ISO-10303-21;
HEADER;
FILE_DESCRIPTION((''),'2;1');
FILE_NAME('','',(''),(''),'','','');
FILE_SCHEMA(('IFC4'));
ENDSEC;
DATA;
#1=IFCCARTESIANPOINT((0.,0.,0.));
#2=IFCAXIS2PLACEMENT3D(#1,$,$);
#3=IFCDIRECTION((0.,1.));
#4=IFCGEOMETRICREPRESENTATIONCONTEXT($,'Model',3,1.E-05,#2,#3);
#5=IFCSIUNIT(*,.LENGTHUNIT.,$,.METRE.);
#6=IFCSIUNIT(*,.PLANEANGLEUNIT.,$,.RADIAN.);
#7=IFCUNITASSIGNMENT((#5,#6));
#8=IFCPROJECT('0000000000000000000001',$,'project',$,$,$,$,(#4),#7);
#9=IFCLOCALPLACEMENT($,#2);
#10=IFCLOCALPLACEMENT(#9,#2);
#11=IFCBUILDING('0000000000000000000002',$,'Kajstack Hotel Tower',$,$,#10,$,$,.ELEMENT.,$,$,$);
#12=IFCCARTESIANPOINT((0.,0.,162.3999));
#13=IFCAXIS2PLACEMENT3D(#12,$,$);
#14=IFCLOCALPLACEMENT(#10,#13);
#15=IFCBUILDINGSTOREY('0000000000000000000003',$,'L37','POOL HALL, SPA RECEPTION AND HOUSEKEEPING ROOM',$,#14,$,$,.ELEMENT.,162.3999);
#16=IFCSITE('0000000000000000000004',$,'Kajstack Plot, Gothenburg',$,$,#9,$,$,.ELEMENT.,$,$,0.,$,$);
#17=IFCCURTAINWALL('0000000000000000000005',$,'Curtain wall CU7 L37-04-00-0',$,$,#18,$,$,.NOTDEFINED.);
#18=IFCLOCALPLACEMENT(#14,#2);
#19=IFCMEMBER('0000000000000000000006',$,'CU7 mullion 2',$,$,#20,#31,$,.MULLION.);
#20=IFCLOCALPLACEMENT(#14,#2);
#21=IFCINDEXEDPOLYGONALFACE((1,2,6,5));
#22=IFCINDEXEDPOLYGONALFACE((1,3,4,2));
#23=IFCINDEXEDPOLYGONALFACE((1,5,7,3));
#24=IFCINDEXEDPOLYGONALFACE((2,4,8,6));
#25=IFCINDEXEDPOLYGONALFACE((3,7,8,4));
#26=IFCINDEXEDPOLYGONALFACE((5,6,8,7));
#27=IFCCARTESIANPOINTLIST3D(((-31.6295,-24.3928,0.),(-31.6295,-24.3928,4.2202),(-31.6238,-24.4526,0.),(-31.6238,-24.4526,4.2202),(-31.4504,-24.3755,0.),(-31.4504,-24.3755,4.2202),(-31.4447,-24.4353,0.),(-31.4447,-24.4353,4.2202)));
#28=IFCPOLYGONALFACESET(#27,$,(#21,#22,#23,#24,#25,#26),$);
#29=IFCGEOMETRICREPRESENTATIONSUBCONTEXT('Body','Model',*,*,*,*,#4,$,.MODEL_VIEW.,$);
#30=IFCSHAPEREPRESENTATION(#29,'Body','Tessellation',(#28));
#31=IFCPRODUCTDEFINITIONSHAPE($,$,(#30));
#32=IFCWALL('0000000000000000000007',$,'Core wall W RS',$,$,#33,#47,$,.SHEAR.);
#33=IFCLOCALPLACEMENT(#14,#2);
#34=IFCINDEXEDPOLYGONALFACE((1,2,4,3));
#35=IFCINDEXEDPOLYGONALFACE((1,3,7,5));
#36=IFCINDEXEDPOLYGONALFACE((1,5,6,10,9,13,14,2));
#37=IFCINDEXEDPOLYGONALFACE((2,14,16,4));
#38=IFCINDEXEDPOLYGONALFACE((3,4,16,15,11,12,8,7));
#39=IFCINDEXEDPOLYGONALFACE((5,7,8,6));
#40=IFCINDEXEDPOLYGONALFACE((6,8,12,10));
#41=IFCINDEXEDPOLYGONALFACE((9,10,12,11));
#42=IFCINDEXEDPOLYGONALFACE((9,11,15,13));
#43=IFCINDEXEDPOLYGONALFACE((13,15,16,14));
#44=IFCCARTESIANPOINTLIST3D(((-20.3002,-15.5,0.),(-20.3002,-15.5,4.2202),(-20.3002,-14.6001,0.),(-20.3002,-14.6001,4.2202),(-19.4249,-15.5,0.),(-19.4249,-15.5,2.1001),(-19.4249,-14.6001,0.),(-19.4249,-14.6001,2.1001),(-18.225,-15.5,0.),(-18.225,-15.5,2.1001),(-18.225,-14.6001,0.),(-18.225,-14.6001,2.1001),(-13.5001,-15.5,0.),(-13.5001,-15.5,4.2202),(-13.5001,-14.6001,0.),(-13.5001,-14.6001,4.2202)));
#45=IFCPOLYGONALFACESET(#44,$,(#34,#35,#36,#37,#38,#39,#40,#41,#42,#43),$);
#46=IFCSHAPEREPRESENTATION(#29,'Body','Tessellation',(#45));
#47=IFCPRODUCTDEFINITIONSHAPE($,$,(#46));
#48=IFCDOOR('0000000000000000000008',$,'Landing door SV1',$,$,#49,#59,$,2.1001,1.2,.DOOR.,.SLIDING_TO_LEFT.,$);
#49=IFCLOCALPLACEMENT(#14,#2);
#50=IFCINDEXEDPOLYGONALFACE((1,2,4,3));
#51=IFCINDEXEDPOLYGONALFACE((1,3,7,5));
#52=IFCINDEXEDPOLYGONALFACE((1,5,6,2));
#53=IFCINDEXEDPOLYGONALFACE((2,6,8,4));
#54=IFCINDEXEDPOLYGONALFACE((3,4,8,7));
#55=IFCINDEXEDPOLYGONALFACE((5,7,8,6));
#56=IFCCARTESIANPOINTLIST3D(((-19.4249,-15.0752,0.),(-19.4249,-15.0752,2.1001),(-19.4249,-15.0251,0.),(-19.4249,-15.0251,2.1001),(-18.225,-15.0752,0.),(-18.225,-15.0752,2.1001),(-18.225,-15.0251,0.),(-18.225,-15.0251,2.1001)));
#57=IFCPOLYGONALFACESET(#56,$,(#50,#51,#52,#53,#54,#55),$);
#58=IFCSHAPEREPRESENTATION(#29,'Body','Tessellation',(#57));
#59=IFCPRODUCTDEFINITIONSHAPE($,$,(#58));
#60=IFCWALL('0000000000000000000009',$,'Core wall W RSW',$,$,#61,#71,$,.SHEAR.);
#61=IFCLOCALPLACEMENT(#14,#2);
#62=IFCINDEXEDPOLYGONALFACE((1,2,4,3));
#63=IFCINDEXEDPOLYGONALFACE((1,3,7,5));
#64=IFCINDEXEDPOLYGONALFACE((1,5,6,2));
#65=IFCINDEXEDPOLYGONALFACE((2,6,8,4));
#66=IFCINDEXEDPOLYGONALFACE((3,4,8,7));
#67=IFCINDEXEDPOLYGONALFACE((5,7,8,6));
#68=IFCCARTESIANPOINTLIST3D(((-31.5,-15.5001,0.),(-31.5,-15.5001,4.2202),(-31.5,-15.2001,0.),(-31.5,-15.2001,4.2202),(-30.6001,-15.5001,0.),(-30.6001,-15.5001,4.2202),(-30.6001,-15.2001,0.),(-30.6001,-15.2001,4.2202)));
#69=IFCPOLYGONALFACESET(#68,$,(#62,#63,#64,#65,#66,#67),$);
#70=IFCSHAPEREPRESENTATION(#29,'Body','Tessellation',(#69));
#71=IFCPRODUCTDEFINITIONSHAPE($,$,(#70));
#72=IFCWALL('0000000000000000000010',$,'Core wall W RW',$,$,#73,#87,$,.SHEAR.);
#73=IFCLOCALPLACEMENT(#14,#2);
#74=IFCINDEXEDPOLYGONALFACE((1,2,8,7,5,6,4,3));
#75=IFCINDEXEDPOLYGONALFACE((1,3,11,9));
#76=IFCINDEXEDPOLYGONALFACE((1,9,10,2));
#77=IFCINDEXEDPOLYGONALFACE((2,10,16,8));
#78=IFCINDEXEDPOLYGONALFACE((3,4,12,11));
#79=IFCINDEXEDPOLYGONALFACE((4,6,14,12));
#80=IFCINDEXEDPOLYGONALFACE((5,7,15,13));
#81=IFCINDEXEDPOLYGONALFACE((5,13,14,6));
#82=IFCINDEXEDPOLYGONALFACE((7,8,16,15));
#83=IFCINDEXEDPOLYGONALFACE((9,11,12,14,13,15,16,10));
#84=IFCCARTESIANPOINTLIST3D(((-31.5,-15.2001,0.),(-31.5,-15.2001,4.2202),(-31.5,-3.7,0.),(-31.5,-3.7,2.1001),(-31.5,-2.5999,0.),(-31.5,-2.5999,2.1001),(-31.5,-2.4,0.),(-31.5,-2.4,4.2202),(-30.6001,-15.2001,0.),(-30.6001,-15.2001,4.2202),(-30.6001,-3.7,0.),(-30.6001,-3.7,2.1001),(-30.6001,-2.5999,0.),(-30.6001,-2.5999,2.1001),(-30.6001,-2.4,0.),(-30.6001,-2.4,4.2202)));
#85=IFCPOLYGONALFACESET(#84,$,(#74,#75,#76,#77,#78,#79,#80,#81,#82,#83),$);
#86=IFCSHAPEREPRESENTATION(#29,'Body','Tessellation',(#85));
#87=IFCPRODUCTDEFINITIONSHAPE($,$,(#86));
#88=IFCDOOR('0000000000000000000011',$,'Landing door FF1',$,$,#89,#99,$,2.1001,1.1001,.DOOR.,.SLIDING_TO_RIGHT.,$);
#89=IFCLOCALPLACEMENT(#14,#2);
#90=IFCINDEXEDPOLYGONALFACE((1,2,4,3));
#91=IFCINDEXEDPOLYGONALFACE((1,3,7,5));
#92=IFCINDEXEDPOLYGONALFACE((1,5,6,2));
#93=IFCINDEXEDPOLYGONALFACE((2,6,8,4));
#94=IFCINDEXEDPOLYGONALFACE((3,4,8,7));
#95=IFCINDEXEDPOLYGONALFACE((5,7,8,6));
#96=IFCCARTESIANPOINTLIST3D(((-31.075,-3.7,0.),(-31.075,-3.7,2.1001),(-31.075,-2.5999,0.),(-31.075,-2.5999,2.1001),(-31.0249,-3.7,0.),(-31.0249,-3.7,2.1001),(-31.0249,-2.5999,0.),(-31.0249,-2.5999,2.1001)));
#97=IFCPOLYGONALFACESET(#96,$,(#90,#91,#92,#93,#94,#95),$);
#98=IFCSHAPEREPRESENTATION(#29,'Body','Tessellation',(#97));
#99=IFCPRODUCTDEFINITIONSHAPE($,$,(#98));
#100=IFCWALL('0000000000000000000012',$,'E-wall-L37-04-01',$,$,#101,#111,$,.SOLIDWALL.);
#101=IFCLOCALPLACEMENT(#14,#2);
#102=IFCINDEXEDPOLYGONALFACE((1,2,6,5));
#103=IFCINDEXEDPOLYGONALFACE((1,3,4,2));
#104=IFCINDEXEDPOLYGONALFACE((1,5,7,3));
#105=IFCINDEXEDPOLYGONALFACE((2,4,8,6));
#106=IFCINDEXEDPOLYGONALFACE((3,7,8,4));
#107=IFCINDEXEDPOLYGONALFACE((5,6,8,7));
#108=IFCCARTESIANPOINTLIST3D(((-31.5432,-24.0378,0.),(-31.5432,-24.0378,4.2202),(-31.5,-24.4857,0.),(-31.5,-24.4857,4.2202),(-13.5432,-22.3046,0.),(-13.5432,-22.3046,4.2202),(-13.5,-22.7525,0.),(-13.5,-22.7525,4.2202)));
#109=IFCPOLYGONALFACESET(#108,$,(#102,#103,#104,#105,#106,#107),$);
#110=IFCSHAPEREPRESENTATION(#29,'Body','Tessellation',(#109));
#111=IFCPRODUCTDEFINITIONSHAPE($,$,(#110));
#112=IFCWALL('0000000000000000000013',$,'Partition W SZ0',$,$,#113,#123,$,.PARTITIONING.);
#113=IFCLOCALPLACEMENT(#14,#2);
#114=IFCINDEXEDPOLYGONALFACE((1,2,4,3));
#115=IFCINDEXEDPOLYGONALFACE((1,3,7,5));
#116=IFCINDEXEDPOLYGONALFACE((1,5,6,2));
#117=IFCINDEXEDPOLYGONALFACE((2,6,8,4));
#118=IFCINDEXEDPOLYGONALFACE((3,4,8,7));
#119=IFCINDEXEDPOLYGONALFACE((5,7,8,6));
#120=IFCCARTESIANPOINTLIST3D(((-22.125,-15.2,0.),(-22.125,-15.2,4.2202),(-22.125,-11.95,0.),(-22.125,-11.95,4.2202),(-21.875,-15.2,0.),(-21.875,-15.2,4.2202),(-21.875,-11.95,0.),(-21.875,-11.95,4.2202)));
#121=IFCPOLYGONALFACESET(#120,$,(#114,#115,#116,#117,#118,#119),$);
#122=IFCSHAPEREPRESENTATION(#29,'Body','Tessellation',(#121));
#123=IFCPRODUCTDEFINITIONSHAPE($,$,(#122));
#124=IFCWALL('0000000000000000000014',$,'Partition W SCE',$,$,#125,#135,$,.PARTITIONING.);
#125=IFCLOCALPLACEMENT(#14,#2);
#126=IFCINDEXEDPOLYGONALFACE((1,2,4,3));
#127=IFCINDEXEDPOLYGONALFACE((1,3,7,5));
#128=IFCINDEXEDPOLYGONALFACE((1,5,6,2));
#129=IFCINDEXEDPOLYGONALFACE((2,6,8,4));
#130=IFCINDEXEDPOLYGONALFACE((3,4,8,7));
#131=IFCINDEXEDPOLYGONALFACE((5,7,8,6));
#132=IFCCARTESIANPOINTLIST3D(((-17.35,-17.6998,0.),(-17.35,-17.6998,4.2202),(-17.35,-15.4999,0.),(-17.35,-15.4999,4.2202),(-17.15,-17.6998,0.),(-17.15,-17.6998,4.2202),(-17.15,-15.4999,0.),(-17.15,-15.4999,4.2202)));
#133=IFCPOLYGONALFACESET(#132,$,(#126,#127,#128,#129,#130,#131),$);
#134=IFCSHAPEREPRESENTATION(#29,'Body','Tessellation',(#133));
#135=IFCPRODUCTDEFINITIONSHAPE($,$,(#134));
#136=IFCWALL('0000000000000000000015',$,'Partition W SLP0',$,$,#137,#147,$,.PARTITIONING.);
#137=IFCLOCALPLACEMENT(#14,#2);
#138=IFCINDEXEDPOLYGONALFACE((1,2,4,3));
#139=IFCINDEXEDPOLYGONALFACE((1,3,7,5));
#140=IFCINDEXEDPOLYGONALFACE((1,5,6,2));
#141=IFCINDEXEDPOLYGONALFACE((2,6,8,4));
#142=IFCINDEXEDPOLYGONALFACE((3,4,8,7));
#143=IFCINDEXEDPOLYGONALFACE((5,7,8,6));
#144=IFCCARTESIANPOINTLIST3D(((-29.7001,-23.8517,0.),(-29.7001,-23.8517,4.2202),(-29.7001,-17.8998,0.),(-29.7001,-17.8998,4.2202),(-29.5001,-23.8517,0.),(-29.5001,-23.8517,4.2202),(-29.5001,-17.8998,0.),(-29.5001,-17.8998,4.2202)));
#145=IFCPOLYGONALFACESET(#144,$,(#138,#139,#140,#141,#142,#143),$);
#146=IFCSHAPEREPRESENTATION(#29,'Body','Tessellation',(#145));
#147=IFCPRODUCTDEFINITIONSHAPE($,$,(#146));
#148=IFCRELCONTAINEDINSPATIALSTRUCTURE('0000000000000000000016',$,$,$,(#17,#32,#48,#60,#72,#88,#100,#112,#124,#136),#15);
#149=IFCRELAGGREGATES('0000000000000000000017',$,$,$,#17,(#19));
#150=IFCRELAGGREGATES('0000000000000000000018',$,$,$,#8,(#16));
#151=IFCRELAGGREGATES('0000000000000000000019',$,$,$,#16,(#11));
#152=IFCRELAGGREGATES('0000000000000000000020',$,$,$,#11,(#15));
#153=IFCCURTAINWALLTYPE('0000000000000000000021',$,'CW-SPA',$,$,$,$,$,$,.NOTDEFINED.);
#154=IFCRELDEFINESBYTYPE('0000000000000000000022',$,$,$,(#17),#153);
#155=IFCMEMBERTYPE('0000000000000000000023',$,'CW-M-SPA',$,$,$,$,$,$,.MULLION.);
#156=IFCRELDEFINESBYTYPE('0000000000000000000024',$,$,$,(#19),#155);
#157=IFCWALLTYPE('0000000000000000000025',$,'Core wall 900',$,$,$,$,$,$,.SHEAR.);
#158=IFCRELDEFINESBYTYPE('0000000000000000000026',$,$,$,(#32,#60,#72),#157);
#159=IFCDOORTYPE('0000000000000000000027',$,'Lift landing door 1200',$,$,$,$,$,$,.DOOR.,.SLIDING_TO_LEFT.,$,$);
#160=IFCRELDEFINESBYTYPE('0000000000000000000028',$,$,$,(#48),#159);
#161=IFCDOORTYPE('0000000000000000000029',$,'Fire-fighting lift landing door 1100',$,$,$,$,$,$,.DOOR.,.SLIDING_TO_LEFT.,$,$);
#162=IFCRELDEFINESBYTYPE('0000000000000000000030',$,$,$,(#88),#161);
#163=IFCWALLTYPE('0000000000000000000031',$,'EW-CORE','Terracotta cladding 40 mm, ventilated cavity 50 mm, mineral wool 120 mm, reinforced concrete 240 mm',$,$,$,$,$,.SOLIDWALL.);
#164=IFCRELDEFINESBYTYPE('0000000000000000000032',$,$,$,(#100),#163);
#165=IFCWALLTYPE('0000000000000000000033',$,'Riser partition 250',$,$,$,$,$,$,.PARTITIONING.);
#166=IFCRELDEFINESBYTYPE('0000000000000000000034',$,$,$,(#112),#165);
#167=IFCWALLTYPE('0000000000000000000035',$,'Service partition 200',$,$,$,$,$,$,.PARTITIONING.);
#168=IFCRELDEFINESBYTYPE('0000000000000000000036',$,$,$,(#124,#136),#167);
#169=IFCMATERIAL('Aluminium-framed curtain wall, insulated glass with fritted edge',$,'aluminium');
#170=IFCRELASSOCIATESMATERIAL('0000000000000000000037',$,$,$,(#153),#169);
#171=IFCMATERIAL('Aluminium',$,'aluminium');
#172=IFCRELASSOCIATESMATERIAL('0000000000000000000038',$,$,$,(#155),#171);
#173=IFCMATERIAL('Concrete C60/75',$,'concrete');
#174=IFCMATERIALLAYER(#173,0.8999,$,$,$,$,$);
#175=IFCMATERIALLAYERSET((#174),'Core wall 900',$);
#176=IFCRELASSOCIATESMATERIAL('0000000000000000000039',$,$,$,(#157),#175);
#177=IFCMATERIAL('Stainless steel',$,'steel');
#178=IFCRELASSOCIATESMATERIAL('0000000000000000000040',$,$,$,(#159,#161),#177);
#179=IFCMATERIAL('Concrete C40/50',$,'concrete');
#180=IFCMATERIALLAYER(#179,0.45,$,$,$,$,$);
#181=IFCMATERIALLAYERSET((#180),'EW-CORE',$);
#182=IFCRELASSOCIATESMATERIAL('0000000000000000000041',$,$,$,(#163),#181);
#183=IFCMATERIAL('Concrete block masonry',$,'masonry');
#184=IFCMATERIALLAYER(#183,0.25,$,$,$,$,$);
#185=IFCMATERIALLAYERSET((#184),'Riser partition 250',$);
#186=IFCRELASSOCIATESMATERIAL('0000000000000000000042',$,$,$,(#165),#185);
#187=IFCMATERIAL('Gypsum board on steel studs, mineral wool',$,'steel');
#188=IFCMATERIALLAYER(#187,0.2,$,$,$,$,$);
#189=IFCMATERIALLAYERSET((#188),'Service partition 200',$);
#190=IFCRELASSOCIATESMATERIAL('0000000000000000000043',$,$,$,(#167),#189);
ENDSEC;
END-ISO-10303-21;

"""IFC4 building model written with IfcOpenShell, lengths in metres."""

from ifc_helpers import new_model, si_unit, direction, frame, frame_2d, origin, origin_2d, place, context, subcontext, project, spatial, rectangle, extrude, material, layer, layer_set, material_profile, profile_set, type_object, element, fill, aggregate, save


model = new_model("IFC4")

# Units and contexts
model_context = context("Model", 3, precision=1e-05, world=origin(), true_north=direction((0.0, 1.0)))
body_context = subcontext(model_context, "Body", "Model", "MODEL_VIEW")
ifc_project = project(units=[si_unit("LENGTHUNIT", "METRE"), si_unit("PLANEANGLEUNIT", "RADIAN")], contexts=[model_context])

# Site, building, storey
site_placement = place(None, origin())
site = spatial("IfcSite", under=ifc_project, at=site_placement, Name="Kajstack Plot, Gothenburg", CompositionType="ELEMENT", RefElevation=0.0)
building_placement = place(site_placement, origin())
building = spatial("IfcBuilding", under=site, at=building_placement, Name="Kajstack Hotel Tower", CompositionType="ELEMENT")
storey_placement = place(building_placement, frame((0.0, 0.0, 162.3999)))
storey = spatial("IfcBuildingStorey", under=building, at=storey_placement, Name="L37", Description="POOL HALL, SPA RECEPTION AND HOUSEKEEPING ROOM", CompositionType="ELEMENT", Elevation=162.3999)

# Curtain wall, member
ifc_material_1 = material(Name="Aluminium-framed curtain wall, insulated glass with fritted edge", Category="aluminium")
curtain_wall_type = type_object("IfcCurtainWallType", Name="CW-SPA", PredefinedType="NOTDEFINED", material=ifc_material_1)
curtain_wall_placement = place(storey_placement, origin())
curtain_wall = element("IfcCurtainWall", 1, at=curtain_wall_placement, inside=storey, type_object=curtain_wall_type, Name="Curtain wall CU7 L37-04-00-0", PredefinedType="NOTDEFINED")
ifc_material_2 = material(Name="Aluminium", Category="aluminium")
ifc_material_profile = material_profile(ifc_material_2, rectangle(XDim=0.0601, YDim=0.1799, at=origin_2d()), Name="Aluminium mullion 60 x 180")
ifc_profile_set = profile_set([ifc_material_profile], Name="Aluminium")
member_type = type_object("IfcMemberType", Name="CW-M-SPA", PredefinedType="MULLION", material=ifc_profile_set)
member_placement = place(storey_placement, frame((-31.5371, -24.4141, 0.0), z_axis=(0.0, 0.0, 1.0), x_axis=(-0.095845, 0.995396, 0.0)))
member = element("IfcMember", 2, at=member_placement, type_object=member_type, Name="CU7 mullion 2", PredefinedType="MULLION", context=body_context, shape_type="SweptSolid", body=[
    extrude(rectangle(XDim=0.0601, YDim=0.1799, at=origin_2d()), origin(), (0.0, 0.0, 1.0), 4.2202),
])
aggregate(curtain_wall, [member])

# Wall, opening, door
ifc_material_3 = material(Name="Concrete C60/75", Category="concrete")
ifc_layer_1 = layer(ifc_material_3, 0.8999)
ifc_layer_set_1 = layer_set([ifc_layer_1], Name="Core wall 900")
wall_type_1 = type_object("IfcWallType", Name="Core wall 900", PredefinedType="SHEAR", material=ifc_layer_set_1)
wall_1_placement = place(storey_placement, frame((-20.3, -15.05, 0.0), z_axis=(0.0, 0.0, 1.0), x_axis=(1.0, 0.0, 0.0)))
wall_1 = element("IfcWall", 3, at=wall_1_placement, inside=storey, type_object=wall_type_1, Name="Core wall W RS", PredefinedType="SHEAR", context=body_context, shape_type="SweptSolid", body=[
    extrude(rectangle(XDim=6.8, YDim=0.8999, at=frame_2d((3.3999, 0.0))), origin(), (0.0, 0.0, 1.0), 4.2202),
])
opening_1_placement = place(wall_1_placement, frame((0.875, 0.0, 0.0)))
opening_1 = element("IfcOpeningElement", 4, at=opening_1_placement, cuts=wall_1, PredefinedType="OPENING", context=body_context, shape_type="SweptSolid", body=[
    extrude(rectangle(XDim=1.2, YDim=2.1001, at=frame_2d((0.6001, 1.05))), frame((0.0, 0.46, 0.0), z_axis=(0.0, -1.0, 0.0), x_axis=(1.0, 0.0, 0.0)), (0.0, 0.0, 1.0), 0.9199),
])
ifc_material_4 = material(Name="Stainless steel", Category="steel")
door_type_1 = type_object("IfcDoorType", Name="Lift landing door 1200", OperationType="SLIDING_TO_LEFT", PredefinedType="DOOR", material=ifc_material_4)
door_1_placement = place(opening_1_placement, origin())
door_1 = element("IfcDoor", 5, at=door_1_placement, inside=storey, type_object=door_type_1, Name="Landing door SV1", OperationType="SLIDING_TO_LEFT", OverallHeight=2.1001, OverallWidth=1.2, PredefinedType="DOOR", context=body_context, shape_type="SweptSolid", body=[
    extrude(rectangle(XDim=1.2, YDim=2.1001, at=frame_2d((0.6001, 1.05))), frame((0.0, 0.0249, 0.0), z_axis=(0.0, -1.0, 0.0), x_axis=(1.0, 0.0, 0.0)), (0.0, 0.0, 1.0), 0.05),
])
fill(opening_1, door_1)

# Wall
wall_2_placement = place(storey_placement, frame((-31.5, -15.3501, 0.0), z_axis=(0.0, 0.0, 1.0), x_axis=(1.0, 0.0, 0.0)))
element("IfcWall", 6, at=wall_2_placement, inside=storey, type_object=wall_type_1, Name="Core wall W RSW", PredefinedType="SHEAR", context=body_context, shape_type="SweptSolid", body=[
    extrude(rectangle(XDim=0.8999, YDim=0.3, at=frame_2d((0.45, 0.0))), origin(), (0.0, 0.0, 1.0), 4.2202),
])

# Wall, opening, door
wall_3_placement = place(storey_placement, frame((-31.05, -15.2, 0.0), z_axis=(0.0, 0.0, 1.0), x_axis=(0.0, 1.0, 0.0)))
wall_3 = element("IfcWall", 7, at=wall_3_placement, inside=storey, type_object=wall_type_1, Name="Core wall W RW", PredefinedType="SHEAR", context=body_context, shape_type="SweptSolid", body=[
    extrude(rectangle(XDim=12.8, YDim=0.8999, at=frame_2d((6.3999, 0.0))), origin(), (0.0, 0.0, 1.0), 4.2202),
])
opening_2_placement = place(wall_3_placement, frame((11.5, 0.0, 0.0)))
opening_2 = element("IfcOpeningElement", 8, at=opening_2_placement, cuts=wall_3, PredefinedType="OPENING", context=body_context, shape_type="SweptSolid", body=[
    extrude(rectangle(XDim=1.1001, YDim=2.1001, at=frame_2d((0.55, 1.05))), frame((0.0, 0.46, 0.0), z_axis=(0.0, -1.0, 0.0), x_axis=(1.0, 0.0, 0.0)), (0.0, 0.0, 1.0), 0.9199),
])
door_type_2 = type_object("IfcDoorType", Name="Fire-fighting lift landing door 1100", OperationType="SLIDING_TO_LEFT", PredefinedType="DOOR", material=ifc_material_4)
door_2_placement = place(opening_2_placement, origin())
door_2 = element("IfcDoor", 9, at=door_2_placement, inside=storey, type_object=door_type_2, Name="Landing door FF1", OperationType="SLIDING_TO_RIGHT", OverallHeight=2.1001, OverallWidth=1.1001, PredefinedType="DOOR", context=body_context, shape_type="SweptSolid", body=[
    extrude(rectangle(XDim=1.1001, YDim=2.1001, at=frame_2d((0.55, 1.05))), frame((0.0, 0.0249, 0.0), z_axis=(0.0, -1.0, 0.0), x_axis=(1.0, 0.0, 0.0)), (0.0, 0.0, 1.0), 0.05),
])
fill(opening_2, door_2)

# Walls
ifc_material_5 = material(Name="Concrete C40/50", Category="concrete")
ifc_layer_2 = layer(ifc_material_5, 0.45)
ifc_layer_set_2 = layer_set([ifc_layer_2], Name="EW-CORE")
wall_type_2 = type_object("IfcWallType", Name="EW-CORE", Description="Terracotta cladding 40 mm, ventilated cavity 50 mm, mineral wool 120 mm, reinforced concrete 240 mm", PredefinedType="SOLIDWALL", material=ifc_layer_set_2)
wall_4_placement = place(storey_placement, frame((-31.5215, -24.2617, 0.0), z_axis=(0.0, 0.0, 1.0), x_axis=(0.995396, 0.095843, 0.0)))
element("IfcWall", 10, at=wall_4_placement, inside=storey, type_object=wall_type_2, Name="E-wall-L37-04-01", PredefinedType="SOLIDWALL", context=body_context, shape_type="SweptSolid", body=[
    extrude(rectangle(XDim=18.0833, YDim=0.45, at=frame_2d((9.0415, 0.0))), origin(), (0.0, 0.0, 1.0), 4.2202),
])
ifc_material_6 = material(Name="Concrete block masonry", Category="masonry")
ifc_layer_3 = layer(ifc_material_6, 0.25)
ifc_layer_set_3 = layer_set([ifc_layer_3], Name="Riser partition 250")
wall_type_3 = type_object("IfcWallType", Name="Riser partition 250", PredefinedType="PARTITIONING", material=ifc_layer_set_3)
wall_5_placement = place(storey_placement, frame((-22.0, -15.2, 0.0), z_axis=(0.0, 0.0, 1.0), x_axis=(0.0, 1.0, 0.0)))
element("IfcWall", 11, at=wall_5_placement, inside=storey, type_object=wall_type_3, Name="Partition W SZ0", PredefinedType="PARTITIONING", context=body_context, shape_type="SweptSolid", body=[
    extrude(rectangle(XDim=3.25, YDim=0.25, at=frame_2d((1.625, 0.0))), origin(), (0.0, 0.0, 1.0), 4.2202),
])
ifc_material_7 = material(Name="Gypsum board on steel studs, mineral wool", Category="steel")
ifc_layer_4 = layer(ifc_material_7, 0.2)
ifc_layer_set_4 = layer_set([ifc_layer_4], Name="Service partition 200")
wall_type_4 = type_object("IfcWallType", Name="Service partition 200", PredefinedType="PARTITIONING", material=ifc_layer_set_4)
wall_6_placement = place(storey_placement, frame((-17.25, -17.7, 0.0), z_axis=(0.0, 0.0, 1.0), x_axis=(0.0, 1.0, 0.0)))
element("IfcWall", 12, at=wall_6_placement, inside=storey, type_object=wall_type_4, Name="Partition W SCE", PredefinedType="PARTITIONING", context=body_context, shape_type="SweptSolid", body=[
    extrude(rectangle(XDim=2.2, YDim=0.2, at=frame_2d((1.1001, 0.0))), origin(), (0.0, 0.0, 1.0), 4.2202),
])
wall_7_placement = place(storey_placement, frame((-29.6001, -23.8518, 0.0), z_axis=(0.0, 0.0, 1.0), x_axis=(0.0, 1.0, 0.0)))
element("IfcWall", 13, at=wall_7_placement, inside=storey, type_object=wall_type_4, Name="Partition W SLP0", PredefinedType="PARTITIONING", context=body_context, shape_type="SweptSolid", body=[
    extrude(rectangle(XDim=5.9519, YDim=0.2, at=frame_2d((2.9761, 0.0))), origin(), (0.0, 0.0, 1.0), 4.2202),
])

save(model, "model.ifc")
